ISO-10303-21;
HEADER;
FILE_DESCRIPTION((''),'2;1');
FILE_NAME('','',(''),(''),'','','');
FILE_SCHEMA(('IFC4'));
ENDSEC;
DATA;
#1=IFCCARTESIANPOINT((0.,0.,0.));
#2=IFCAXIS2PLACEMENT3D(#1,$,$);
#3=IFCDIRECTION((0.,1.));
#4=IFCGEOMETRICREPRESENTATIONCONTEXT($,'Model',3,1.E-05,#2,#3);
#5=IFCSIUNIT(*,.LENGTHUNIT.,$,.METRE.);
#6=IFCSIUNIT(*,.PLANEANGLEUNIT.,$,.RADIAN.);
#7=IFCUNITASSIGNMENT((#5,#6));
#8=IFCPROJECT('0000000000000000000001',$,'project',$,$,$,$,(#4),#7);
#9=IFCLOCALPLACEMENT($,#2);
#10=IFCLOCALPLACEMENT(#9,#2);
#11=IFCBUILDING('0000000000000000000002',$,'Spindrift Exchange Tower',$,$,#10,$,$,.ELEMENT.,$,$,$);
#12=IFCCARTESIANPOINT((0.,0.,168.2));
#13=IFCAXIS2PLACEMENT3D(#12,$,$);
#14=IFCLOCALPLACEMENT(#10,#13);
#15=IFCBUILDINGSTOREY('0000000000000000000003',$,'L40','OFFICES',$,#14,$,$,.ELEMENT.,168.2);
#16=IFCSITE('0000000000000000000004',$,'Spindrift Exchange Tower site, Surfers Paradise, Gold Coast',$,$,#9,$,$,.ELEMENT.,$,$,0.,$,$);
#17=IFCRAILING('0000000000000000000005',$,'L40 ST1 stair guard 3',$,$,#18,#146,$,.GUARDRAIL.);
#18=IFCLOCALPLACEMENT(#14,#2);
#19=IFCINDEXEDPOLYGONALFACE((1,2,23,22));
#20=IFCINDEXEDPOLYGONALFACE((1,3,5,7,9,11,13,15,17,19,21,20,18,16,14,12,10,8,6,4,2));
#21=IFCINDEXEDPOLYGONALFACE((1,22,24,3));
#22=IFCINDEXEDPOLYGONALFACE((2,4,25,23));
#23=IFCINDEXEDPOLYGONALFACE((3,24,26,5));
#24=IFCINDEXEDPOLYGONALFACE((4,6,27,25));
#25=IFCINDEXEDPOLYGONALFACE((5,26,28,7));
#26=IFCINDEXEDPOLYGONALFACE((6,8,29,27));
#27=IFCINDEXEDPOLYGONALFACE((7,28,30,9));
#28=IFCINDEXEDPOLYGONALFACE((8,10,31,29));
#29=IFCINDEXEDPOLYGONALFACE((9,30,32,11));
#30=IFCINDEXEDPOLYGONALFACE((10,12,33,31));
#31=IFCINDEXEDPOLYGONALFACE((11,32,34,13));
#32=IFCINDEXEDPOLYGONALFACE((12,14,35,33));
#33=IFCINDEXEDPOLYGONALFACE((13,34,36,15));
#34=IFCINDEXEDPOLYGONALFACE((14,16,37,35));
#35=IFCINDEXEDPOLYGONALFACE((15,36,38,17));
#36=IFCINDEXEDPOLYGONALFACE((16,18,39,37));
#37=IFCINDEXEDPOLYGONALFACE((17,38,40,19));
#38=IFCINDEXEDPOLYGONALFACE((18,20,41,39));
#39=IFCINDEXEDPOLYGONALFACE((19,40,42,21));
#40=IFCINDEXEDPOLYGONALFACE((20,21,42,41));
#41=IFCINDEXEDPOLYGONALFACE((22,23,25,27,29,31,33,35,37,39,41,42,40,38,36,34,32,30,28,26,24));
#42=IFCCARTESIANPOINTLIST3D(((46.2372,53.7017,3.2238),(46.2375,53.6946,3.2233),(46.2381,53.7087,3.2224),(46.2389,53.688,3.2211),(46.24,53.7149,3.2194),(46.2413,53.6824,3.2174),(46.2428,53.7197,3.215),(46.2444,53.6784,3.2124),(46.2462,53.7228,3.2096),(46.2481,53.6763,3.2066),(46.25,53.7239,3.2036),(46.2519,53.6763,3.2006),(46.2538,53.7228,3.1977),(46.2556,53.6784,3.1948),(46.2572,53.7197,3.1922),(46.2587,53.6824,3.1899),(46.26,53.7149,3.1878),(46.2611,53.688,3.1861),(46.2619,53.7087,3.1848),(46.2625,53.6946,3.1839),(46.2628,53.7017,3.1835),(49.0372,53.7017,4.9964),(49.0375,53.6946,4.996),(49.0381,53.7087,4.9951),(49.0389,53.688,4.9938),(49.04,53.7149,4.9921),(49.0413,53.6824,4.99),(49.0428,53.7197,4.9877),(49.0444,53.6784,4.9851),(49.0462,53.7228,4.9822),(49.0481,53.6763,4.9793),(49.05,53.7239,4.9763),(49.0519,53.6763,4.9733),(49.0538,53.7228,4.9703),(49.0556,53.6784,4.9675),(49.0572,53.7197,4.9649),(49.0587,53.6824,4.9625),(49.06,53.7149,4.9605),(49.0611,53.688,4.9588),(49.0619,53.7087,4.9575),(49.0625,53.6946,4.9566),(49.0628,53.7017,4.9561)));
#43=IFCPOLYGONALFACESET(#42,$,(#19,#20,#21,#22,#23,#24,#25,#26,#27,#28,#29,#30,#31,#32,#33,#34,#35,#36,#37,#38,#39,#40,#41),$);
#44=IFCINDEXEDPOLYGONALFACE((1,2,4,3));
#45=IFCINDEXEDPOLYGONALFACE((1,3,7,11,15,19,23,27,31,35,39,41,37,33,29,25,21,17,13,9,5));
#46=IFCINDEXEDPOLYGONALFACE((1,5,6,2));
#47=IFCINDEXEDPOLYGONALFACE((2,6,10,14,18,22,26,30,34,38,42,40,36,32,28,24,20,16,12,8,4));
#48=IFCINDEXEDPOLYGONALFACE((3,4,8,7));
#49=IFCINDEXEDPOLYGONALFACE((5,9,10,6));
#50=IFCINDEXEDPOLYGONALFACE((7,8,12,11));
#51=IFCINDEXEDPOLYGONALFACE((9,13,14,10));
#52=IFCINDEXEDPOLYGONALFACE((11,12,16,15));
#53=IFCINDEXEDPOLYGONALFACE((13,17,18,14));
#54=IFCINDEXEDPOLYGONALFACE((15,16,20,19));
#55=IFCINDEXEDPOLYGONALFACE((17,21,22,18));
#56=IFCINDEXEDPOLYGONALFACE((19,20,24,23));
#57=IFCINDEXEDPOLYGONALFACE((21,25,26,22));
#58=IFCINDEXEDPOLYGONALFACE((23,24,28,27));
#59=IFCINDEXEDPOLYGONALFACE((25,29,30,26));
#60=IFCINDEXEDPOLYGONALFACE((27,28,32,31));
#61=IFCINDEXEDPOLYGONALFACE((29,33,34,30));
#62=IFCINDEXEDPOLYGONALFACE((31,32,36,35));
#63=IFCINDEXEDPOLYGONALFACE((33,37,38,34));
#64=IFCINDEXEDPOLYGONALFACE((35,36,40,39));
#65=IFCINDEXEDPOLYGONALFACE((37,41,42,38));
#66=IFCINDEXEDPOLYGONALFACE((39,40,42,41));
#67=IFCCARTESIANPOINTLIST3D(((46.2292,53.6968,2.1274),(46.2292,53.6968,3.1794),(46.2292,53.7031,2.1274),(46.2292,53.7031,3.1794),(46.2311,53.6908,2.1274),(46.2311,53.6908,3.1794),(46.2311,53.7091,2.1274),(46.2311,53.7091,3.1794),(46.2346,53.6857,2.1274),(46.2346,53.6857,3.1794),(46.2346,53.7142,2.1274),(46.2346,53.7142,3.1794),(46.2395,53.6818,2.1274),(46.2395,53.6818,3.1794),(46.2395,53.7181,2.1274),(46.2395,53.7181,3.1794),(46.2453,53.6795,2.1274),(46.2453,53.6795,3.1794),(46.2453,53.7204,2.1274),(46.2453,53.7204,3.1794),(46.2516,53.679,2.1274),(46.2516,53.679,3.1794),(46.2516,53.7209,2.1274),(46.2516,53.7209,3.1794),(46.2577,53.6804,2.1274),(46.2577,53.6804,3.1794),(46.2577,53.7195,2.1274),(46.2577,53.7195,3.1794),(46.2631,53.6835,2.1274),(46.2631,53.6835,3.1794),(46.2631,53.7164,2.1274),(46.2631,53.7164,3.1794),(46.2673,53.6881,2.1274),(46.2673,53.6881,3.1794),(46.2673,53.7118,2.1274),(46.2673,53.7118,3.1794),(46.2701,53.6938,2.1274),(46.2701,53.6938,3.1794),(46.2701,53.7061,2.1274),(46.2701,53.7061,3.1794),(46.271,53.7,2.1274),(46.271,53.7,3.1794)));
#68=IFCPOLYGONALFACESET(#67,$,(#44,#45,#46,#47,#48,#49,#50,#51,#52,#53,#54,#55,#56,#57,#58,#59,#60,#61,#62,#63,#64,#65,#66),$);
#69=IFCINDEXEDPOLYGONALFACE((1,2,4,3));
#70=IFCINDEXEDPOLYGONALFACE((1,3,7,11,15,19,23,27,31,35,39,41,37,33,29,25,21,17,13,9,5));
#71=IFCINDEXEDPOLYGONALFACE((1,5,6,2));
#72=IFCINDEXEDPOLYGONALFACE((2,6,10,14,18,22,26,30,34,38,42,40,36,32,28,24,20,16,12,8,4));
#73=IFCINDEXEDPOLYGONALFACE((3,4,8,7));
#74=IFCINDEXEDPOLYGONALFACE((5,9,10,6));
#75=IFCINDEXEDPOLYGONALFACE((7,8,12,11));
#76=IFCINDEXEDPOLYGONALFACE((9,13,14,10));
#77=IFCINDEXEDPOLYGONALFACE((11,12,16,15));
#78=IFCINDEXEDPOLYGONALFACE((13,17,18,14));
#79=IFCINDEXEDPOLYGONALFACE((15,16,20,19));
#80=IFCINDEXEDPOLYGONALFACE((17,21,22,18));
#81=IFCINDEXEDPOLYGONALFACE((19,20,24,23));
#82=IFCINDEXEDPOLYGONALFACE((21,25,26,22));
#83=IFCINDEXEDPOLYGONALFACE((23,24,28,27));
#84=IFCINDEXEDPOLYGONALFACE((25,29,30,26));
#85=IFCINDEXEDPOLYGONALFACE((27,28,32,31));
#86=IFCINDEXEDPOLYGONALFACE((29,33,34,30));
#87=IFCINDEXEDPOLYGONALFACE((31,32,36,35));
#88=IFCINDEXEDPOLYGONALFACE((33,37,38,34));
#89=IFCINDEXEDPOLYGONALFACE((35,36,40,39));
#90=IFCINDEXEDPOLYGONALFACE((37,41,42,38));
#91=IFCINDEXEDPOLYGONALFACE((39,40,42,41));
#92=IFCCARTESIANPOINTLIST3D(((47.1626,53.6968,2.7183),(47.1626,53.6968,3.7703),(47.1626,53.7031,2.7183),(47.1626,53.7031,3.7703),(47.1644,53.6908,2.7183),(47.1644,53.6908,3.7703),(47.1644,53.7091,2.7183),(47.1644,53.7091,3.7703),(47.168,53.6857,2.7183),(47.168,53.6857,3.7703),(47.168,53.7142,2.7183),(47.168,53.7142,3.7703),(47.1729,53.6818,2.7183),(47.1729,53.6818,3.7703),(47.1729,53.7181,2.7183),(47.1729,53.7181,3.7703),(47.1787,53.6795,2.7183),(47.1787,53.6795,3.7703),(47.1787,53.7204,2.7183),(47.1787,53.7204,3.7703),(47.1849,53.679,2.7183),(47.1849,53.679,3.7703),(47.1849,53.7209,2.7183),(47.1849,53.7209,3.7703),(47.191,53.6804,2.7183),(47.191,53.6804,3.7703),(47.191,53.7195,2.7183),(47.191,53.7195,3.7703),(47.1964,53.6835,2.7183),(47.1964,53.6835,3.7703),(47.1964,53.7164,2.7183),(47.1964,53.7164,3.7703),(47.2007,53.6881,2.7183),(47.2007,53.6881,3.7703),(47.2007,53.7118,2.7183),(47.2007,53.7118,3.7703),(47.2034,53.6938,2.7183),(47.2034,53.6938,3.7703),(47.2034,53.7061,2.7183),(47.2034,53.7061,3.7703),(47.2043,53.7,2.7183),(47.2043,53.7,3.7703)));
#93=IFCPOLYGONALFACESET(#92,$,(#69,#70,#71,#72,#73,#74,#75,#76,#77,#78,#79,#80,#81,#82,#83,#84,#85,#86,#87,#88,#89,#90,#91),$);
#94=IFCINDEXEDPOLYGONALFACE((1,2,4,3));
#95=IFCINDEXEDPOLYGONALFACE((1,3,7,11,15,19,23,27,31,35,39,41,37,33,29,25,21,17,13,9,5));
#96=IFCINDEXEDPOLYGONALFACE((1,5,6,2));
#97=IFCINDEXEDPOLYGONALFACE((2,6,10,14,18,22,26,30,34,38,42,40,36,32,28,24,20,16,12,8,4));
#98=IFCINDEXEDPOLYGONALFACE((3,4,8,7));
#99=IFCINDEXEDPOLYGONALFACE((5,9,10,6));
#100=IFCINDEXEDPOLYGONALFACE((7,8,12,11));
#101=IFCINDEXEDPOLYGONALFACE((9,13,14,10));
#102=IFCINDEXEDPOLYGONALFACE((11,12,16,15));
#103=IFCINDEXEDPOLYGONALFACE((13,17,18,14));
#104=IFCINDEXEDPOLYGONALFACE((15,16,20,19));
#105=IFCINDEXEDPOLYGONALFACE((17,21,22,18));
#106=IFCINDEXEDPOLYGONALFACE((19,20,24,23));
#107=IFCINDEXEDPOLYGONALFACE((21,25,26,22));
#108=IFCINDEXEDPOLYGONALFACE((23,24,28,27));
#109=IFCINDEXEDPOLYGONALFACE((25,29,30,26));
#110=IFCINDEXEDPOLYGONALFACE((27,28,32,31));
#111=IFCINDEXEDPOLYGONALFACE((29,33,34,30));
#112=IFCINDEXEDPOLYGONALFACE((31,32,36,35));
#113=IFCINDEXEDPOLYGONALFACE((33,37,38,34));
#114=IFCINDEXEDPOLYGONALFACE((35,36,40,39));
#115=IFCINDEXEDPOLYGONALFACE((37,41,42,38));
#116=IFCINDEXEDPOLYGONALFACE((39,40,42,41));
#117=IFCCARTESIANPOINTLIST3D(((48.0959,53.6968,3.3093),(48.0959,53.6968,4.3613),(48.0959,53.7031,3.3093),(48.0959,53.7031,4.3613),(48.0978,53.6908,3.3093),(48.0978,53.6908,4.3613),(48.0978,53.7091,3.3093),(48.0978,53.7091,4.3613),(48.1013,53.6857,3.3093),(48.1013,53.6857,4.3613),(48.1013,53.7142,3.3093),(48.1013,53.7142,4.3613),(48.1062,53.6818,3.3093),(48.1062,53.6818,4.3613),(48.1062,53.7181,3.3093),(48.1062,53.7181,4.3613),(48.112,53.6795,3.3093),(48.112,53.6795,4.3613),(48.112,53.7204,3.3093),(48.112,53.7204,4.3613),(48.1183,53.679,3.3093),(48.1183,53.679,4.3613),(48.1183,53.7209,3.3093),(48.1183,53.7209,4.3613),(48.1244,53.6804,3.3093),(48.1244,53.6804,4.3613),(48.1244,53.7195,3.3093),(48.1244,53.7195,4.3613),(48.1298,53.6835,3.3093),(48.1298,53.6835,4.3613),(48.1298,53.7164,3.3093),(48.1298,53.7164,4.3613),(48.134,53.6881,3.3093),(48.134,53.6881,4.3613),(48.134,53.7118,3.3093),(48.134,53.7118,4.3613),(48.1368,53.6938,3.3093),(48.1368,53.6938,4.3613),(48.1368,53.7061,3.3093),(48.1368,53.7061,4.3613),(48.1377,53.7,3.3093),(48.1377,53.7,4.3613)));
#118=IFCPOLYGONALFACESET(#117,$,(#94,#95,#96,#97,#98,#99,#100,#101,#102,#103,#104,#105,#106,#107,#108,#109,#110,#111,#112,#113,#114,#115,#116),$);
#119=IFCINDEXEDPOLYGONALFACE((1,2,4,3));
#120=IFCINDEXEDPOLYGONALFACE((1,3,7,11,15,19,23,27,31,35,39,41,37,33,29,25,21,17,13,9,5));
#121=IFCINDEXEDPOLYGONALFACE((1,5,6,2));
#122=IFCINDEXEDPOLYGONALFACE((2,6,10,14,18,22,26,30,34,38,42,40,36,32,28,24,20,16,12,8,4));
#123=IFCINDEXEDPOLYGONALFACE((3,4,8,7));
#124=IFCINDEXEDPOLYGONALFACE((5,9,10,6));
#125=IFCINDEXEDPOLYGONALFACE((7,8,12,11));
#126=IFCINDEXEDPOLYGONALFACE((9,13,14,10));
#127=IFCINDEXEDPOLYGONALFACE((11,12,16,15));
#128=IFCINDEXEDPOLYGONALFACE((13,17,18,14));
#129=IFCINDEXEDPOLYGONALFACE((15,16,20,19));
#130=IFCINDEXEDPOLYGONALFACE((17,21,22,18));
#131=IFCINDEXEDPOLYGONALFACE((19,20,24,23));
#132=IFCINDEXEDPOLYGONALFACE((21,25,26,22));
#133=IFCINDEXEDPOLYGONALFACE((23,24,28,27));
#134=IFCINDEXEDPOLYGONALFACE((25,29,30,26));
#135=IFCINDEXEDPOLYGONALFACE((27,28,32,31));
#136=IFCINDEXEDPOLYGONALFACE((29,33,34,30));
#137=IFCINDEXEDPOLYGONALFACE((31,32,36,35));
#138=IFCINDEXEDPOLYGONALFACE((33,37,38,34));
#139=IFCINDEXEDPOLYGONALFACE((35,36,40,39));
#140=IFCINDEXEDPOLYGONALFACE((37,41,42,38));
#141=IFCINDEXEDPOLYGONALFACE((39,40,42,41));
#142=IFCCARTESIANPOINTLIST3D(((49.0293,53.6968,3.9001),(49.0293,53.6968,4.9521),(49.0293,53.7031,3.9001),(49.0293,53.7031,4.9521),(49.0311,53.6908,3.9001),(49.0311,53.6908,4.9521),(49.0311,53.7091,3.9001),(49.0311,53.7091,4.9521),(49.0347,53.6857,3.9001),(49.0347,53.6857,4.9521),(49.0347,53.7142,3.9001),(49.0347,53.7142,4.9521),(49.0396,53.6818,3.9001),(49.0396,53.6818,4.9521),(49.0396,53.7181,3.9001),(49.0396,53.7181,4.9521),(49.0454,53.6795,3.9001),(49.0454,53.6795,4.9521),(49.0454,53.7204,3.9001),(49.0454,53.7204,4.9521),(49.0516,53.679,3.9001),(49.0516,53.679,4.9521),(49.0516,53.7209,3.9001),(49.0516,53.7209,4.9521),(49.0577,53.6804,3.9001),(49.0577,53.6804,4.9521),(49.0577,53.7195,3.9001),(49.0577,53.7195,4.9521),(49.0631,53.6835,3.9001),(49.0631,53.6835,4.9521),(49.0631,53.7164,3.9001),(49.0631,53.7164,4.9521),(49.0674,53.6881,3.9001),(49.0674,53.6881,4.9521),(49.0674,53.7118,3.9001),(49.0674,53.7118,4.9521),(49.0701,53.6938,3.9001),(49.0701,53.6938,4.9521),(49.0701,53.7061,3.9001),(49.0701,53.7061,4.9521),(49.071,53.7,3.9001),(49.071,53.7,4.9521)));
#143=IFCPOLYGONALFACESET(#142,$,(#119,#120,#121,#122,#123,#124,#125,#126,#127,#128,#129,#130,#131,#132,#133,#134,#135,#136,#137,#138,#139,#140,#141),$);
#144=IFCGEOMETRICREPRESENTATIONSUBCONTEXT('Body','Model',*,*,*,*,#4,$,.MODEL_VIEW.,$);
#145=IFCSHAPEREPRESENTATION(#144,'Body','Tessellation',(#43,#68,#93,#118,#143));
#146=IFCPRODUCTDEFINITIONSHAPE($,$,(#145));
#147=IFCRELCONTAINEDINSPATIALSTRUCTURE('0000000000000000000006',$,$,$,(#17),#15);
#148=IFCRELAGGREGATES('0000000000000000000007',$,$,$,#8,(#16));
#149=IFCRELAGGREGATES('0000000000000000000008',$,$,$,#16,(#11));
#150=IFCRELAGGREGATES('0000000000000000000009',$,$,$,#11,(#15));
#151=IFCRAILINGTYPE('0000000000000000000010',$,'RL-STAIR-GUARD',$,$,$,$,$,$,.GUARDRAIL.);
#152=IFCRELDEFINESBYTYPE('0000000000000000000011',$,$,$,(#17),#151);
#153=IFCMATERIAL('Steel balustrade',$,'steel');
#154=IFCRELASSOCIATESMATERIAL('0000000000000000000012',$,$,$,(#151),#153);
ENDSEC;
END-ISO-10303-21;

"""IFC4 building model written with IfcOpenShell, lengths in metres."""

from ifc_helpers import new_model, si_unit, direction, frame, origin, origin_2d, place, context, subcontext, project, spatial, circle, extrude, material, type_object, element, save


model = new_model("IFC4")

# Units and contexts
model_context = context("Model", 3, precision=1e-05, world=origin(), true_north=direction((0.0, 1.0)))
body_context = subcontext(model_context, "Body", "Model", "MODEL_VIEW")
ifc_project = project(units=[si_unit("LENGTHUNIT", "METRE"), si_unit("PLANEANGLEUNIT", "RADIAN")], contexts=[model_context])

# Site, building, storey
site_placement = place(None, origin())
site = spatial("IfcSite", under=ifc_project, at=site_placement, Name="Spindrift Exchange Tower site, Surfers Paradise, Gold Coast", CompositionType="ELEMENT", RefElevation=0.0)
building_placement = place(site_placement, origin())
building = spatial("IfcBuilding", under=site, at=building_placement, Name="Spindrift Exchange Tower", CompositionType="ELEMENT")
storey_placement = place(building_placement, frame((0.0, 0.0, 168.2)))
storey = spatial("IfcBuildingStorey", under=building, at=storey_placement, Name="L40", Description="OFFICES", CompositionType="ELEMENT", Elevation=168.2)

# Railing
ifc_material_1 = material(Name="Steel balustrade", Category="steel")
railing_type_1 = type_object("IfcRailingType", Name="RL-STAIR-GUARD", PredefinedType="GUARDRAIL", material=ifc_material_1)
railing_1_placement = place(storey_placement, frame((46.25, 53.7, 2.1274)))
element("IfcRailing", 1, at=railing_1_placement, inside=storey, type_object=railing_type_1, Name="L40 ST1 stair guard 3", PredefinedType="GUARDRAIL", context=body_context, shape_type="SweptSolid", body=[
    extrude(circle(Radius=0.0239, at=origin_2d()), frame((0.0, 0.0, 1.0762), z_axis=(0.844909, 0.0, 0.53491), x_axis=(0.0, 1.0, 0.0)), (0.0, 0.0, 1.0), 3.314),
    extrude(circle(Radius=0.021, at=origin_2d()), origin(), (0.0, 0.0, 1.0), 1.052),
    extrude(circle(Radius=0.021, at=origin_2d()), frame((0.9333, 0.0, 0.5908)), (0.0, 0.0, 1.0), 1.052),
    extrude(circle(Radius=0.021, at=origin_2d()), frame((1.8667, 0.0, 1.1819)), (0.0, 0.0, 1.0), 1.052),
    extrude(circle(Radius=0.021, at=origin_2d()), frame((2.8, 0.0, 1.7727)), (0.0, 0.0, 1.0), 1.052),
])

save(model, "model.ifc")
